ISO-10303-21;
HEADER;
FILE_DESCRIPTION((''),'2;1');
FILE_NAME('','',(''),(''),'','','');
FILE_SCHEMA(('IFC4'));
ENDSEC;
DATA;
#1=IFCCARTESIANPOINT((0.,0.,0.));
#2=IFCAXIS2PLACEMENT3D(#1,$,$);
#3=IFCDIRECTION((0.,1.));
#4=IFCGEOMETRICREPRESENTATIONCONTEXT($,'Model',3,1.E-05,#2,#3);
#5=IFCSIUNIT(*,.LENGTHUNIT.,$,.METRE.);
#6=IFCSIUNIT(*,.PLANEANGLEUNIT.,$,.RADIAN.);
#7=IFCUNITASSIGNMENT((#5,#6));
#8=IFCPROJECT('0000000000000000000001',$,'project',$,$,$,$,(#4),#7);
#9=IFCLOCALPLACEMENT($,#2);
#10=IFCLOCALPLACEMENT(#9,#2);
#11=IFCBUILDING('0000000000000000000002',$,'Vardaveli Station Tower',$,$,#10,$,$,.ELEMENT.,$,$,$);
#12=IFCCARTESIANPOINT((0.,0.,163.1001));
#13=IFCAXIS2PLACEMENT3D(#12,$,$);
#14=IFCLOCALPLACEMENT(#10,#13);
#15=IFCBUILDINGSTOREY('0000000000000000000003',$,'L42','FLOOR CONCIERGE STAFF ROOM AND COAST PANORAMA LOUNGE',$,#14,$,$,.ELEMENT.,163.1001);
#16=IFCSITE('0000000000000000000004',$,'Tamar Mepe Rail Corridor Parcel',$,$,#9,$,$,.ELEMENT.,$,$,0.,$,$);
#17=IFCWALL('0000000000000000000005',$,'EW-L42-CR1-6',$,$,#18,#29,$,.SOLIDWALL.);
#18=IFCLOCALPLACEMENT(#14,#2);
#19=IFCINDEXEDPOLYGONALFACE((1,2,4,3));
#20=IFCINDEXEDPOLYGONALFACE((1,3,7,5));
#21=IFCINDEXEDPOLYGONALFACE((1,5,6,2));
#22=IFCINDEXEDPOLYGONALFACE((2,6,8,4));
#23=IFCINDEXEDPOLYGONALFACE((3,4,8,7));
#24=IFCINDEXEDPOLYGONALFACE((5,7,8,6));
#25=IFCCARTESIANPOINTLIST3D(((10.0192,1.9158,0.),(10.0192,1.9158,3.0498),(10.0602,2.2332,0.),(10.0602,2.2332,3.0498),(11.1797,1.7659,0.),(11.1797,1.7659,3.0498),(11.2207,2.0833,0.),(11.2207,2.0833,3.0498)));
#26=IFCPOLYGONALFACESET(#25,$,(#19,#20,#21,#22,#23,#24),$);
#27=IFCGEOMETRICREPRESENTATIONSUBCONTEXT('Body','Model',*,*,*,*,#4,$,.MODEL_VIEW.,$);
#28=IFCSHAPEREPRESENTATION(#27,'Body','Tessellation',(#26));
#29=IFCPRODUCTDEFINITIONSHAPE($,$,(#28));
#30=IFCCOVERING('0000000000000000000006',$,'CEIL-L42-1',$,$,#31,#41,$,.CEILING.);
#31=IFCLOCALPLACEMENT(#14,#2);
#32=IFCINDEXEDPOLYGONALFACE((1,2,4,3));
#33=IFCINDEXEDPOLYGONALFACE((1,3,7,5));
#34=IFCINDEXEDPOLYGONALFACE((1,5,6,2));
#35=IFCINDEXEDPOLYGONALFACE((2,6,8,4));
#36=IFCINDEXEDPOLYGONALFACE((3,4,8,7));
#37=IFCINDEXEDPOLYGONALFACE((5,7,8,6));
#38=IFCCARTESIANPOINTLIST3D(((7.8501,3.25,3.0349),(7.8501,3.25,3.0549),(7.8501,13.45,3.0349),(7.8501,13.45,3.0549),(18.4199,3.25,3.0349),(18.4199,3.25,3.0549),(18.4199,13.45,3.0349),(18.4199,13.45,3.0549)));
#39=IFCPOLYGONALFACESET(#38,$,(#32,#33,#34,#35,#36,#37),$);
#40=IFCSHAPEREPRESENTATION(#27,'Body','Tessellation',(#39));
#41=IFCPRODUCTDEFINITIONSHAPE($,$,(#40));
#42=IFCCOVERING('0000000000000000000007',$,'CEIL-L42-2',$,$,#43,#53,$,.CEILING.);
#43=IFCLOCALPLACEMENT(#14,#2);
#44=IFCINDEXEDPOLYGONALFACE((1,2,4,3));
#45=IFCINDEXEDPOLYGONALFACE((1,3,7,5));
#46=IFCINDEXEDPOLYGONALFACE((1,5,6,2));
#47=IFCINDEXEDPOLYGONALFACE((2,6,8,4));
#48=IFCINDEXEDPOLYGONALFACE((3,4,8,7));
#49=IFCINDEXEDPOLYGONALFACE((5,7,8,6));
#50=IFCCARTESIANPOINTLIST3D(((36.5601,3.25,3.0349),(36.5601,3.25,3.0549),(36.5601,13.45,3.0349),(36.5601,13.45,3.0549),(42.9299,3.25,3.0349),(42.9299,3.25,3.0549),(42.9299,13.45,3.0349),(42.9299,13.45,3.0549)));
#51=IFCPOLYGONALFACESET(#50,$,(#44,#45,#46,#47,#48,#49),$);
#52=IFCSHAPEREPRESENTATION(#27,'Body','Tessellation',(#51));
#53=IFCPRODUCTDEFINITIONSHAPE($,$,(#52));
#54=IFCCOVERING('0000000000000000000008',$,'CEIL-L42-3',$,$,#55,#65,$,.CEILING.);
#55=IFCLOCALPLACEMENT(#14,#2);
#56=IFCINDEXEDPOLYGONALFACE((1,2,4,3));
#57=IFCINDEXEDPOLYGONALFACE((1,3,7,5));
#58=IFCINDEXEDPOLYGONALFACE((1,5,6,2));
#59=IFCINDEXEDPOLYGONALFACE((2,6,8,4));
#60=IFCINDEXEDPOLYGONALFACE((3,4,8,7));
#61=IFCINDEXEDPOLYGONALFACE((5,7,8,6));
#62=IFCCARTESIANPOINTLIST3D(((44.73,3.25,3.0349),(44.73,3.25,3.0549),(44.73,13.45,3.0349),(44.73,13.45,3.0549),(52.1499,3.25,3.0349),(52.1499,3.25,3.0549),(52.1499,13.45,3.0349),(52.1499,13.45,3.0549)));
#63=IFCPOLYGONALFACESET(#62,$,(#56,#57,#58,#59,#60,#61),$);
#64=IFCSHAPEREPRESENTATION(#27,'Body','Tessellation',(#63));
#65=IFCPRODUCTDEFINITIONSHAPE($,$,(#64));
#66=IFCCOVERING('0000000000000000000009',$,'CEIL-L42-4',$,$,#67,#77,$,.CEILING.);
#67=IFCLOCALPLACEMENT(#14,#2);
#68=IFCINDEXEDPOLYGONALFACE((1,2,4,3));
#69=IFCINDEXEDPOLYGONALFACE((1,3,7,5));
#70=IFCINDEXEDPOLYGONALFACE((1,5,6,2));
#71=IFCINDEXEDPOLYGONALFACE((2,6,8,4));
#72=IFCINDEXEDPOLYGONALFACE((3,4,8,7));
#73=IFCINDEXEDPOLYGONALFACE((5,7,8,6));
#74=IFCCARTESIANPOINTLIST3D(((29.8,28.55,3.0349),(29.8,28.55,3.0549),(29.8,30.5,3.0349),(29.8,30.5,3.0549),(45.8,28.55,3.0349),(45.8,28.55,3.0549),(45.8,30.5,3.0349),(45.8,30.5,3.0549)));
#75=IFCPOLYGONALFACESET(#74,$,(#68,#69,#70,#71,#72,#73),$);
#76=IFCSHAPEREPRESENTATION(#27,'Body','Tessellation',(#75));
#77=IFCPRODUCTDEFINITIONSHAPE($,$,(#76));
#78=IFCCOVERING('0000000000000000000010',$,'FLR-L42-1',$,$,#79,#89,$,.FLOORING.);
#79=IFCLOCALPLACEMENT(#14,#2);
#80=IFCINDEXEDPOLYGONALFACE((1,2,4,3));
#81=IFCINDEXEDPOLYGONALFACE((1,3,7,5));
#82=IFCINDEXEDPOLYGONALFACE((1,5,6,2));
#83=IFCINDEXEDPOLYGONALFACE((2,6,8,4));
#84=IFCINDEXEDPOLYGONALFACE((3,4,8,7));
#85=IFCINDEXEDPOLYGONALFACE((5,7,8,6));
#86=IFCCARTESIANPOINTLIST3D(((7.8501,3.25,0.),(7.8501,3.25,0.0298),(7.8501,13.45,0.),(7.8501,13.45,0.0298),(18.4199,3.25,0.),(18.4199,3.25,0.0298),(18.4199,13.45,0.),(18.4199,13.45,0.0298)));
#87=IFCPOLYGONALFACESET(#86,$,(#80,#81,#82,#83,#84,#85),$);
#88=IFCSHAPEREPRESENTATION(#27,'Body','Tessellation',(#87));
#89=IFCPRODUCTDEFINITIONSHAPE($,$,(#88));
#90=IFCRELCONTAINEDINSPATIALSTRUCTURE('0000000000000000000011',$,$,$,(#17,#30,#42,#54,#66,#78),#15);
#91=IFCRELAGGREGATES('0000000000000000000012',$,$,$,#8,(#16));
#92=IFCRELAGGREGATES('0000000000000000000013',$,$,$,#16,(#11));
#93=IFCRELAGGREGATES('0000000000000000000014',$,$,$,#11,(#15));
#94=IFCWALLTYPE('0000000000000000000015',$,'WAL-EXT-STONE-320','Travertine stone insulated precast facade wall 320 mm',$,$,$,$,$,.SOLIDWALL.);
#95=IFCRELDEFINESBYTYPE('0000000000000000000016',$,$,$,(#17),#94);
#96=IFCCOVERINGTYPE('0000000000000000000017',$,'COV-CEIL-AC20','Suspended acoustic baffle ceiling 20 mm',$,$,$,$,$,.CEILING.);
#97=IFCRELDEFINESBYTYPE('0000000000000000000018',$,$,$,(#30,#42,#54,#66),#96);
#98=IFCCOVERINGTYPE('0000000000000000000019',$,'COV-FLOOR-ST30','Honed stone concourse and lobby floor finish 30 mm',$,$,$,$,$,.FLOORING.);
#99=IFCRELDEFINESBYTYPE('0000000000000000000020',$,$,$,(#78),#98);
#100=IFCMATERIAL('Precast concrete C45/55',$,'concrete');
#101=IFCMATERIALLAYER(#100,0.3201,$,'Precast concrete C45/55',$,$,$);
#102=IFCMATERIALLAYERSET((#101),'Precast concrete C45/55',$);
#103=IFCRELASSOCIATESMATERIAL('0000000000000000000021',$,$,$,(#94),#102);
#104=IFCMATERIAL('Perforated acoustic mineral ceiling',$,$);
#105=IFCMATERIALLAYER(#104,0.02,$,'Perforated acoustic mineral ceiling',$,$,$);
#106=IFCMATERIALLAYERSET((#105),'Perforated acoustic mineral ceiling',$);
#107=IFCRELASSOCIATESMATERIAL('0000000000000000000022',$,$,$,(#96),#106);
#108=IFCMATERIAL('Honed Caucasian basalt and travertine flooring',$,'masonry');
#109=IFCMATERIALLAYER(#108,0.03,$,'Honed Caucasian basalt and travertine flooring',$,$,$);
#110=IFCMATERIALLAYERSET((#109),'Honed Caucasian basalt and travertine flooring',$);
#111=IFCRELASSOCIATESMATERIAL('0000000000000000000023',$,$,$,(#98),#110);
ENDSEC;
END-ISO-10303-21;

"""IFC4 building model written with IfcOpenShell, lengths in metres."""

from ifc_helpers import new_model, si_unit, direction, frame, frame_2d, origin, place, context, subcontext, project, spatial, polyline, rectangle, outline, extrude, source, transform, mapped, material, layer, layer_set, type_object, element, save


model = new_model("IFC4")

# Units and contexts
model_context = context("Model", 3, precision=1e-05, world=origin(), true_north=direction((0.0, 1.0)))
body_context = subcontext(model_context, "Body", "Model", "MODEL_VIEW")
ifc_project = project(units=[si_unit("LENGTHUNIT", "METRE"), si_unit("PLANEANGLEUNIT", "RADIAN")], contexts=[model_context])

# Site, building, storey
site_placement = place(None, origin())
site = spatial("IfcSite", under=ifc_project, at=site_placement, Name="Tamar Mepe Rail Corridor Parcel", CompositionType="ELEMENT", RefElevation=0.0)
building_placement = place(site_placement, origin())
building = spatial("IfcBuilding", under=site, at=building_placement, Name="Vardaveli Station Tower", CompositionType="ELEMENT")
storey_placement = place(building_placement, frame((0.0, 0.0, 163.1001)))
storey = spatial("IfcBuildingStorey", under=building, at=storey_placement, Name="L42", Description="FLOOR CONCIERGE STAFF ROOM AND COAST PANORAMA LOUNGE", CompositionType="ELEMENT", Elevation=163.1001)

# Shared definitions
ifc_material_1 = material(Name="Precast concrete C45/55", Category="concrete")

# Shared definitions
ifc_layer_1 = layer(ifc_material_1, 0.3201, Name="Precast concrete C45/55")
ifc_layer_set_1 = layer_set([ifc_layer_1], Name="Precast concrete C45/55")
wall_type = type_object("IfcWallType", Name="WAL-EXT-STONE-320", Description="Travertine stone insulated precast facade wall 320 mm", PredefinedType="SOLIDWALL", material=ifc_layer_set_1)

# Wall
shared_shape_1 = source(origin(), body_context, "Body", "SweptSolid", [
    extrude(rectangle(XDim=1.1702, YDim=0.3201, at=frame_2d((0.585, 0.0))), origin(), (0.0, 0.0, 1.0), 3.0498),
])
wall_1_placement = place(storey_placement, frame((10.0398, 2.0745, 0.0), z_axis=(0.0, 0.0, 1.0), x_axis=(0.991762, -0.12809, 0.0)))
element("IfcWall", 1, at=wall_1_placement, inside=storey, type_object=wall_type, Name="EW-L42-CR1-6", PredefinedType="SOLIDWALL", context=body_context, shape_type="MappedRepresentation", body=[
    mapped(shared_shape_1, transform((0.0, 0.0, 0.0), scale=1.0)),
])

# Coverings
ifc_material_2 = material(Name="Perforated acoustic mineral ceiling")
ifc_layer_2 = layer(ifc_material_2, 0.02, Name="Perforated acoustic mineral ceiling")
ifc_layer_set_2 = layer_set([ifc_layer_2], Name="Perforated acoustic mineral ceiling")
covering_type_1 = type_object("IfcCoveringType", Name="COV-CEIL-AC20", Description="Suspended acoustic baffle ceiling 20 mm", PredefinedType="CEILING", material=ifc_layer_set_2)
covering_1_placement = place(storey_placement, frame((0.0, 0.0, 3.0349)))
element("IfcCovering", 2, at=covering_1_placement, inside=storey, type_object=covering_type_1, Name="CEIL-L42-1", PredefinedType="CEILING", context=body_context, shape_type="SweptSolid", body=[
    extrude(outline(polyline([(7.8501, 3.25), (18.4199, 3.25), (18.4199, 13.45), (7.8501, 13.45), (7.8501, 3.25)])), origin(), (0.0, 0.0, 1.0), 0.02),
])
covering_2_placement = place(storey_placement, frame((0.0, 0.0, 3.0349)))
element("IfcCovering", 3, at=covering_2_placement, inside=storey, type_object=covering_type_1, Name="CEIL-L42-2", PredefinedType="CEILING", context=body_context, shape_type="SweptSolid", body=[
    extrude(outline(polyline([(36.5601, 3.25), (42.9299, 3.25), (42.9299, 13.45), (36.5601, 13.45), (36.5601, 3.25)])), origin(), (0.0, 0.0, 1.0), 0.02),
])
covering_3_placement = place(storey_placement, frame((0.0, 0.0, 3.0349)))
element("IfcCovering", 4, at=covering_3_placement, inside=storey, type_object=covering_type_1, Name="CEIL-L42-3", PredefinedType="CEILING", context=body_context, shape_type="SweptSolid", body=[
    extrude(outline(polyline([(44.73, 3.25), (52.1499, 3.25), (52.1499, 13.45), (44.73, 13.45), (44.73, 3.25)])), origin(), (0.0, 0.0, 1.0), 0.02),
])
covering_4_placement = place(storey_placement, frame((0.0, 0.0, 3.0349)))
element("IfcCovering", 5, at=covering_4_placement, inside=storey, type_object=covering_type_1, Name="CEIL-L42-4", PredefinedType="CEILING", context=body_context, shape_type="SweptSolid", body=[
    extrude(outline(polyline([(29.8, 28.55), (45.8, 28.55), (45.8, 30.5), (29.8, 30.5), (29.8, 28.55)])), origin(), (0.0, 0.0, 1.0), 0.02),
])
ifc_material_3 = material(Name="Honed Caucasian basalt and travertine flooring", Category="masonry")
ifc_layer_3 = layer(ifc_material_3, 0.03, Name="Honed Caucasian basalt and travertine flooring")
ifc_layer_set_3 = layer_set([ifc_layer_3], Name="Honed Caucasian basalt and travertine flooring")
covering_type_2 = type_object("IfcCoveringType", Name="COV-FLOOR-ST30", Description="Honed stone concourse and lobby floor finish 30 mm", PredefinedType="FLOORING", material=ifc_layer_set_3)
covering_5_placement = place(storey_placement, origin())
element("IfcCovering", 6, at=covering_5_placement, inside=storey, type_object=covering_type_2, Name="FLR-L42-1", PredefinedType="FLOORING", context=body_context, shape_type="SweptSolid", body=[
    extrude(outline(polyline([(7.8501, 3.25), (18.4199, 3.25), (18.4199, 13.45), (7.8501, 13.45), (7.8501, 3.25)])), origin(), (0.0, 0.0, 1.0), 0.0298),
])

save(model, "model.ifc")
